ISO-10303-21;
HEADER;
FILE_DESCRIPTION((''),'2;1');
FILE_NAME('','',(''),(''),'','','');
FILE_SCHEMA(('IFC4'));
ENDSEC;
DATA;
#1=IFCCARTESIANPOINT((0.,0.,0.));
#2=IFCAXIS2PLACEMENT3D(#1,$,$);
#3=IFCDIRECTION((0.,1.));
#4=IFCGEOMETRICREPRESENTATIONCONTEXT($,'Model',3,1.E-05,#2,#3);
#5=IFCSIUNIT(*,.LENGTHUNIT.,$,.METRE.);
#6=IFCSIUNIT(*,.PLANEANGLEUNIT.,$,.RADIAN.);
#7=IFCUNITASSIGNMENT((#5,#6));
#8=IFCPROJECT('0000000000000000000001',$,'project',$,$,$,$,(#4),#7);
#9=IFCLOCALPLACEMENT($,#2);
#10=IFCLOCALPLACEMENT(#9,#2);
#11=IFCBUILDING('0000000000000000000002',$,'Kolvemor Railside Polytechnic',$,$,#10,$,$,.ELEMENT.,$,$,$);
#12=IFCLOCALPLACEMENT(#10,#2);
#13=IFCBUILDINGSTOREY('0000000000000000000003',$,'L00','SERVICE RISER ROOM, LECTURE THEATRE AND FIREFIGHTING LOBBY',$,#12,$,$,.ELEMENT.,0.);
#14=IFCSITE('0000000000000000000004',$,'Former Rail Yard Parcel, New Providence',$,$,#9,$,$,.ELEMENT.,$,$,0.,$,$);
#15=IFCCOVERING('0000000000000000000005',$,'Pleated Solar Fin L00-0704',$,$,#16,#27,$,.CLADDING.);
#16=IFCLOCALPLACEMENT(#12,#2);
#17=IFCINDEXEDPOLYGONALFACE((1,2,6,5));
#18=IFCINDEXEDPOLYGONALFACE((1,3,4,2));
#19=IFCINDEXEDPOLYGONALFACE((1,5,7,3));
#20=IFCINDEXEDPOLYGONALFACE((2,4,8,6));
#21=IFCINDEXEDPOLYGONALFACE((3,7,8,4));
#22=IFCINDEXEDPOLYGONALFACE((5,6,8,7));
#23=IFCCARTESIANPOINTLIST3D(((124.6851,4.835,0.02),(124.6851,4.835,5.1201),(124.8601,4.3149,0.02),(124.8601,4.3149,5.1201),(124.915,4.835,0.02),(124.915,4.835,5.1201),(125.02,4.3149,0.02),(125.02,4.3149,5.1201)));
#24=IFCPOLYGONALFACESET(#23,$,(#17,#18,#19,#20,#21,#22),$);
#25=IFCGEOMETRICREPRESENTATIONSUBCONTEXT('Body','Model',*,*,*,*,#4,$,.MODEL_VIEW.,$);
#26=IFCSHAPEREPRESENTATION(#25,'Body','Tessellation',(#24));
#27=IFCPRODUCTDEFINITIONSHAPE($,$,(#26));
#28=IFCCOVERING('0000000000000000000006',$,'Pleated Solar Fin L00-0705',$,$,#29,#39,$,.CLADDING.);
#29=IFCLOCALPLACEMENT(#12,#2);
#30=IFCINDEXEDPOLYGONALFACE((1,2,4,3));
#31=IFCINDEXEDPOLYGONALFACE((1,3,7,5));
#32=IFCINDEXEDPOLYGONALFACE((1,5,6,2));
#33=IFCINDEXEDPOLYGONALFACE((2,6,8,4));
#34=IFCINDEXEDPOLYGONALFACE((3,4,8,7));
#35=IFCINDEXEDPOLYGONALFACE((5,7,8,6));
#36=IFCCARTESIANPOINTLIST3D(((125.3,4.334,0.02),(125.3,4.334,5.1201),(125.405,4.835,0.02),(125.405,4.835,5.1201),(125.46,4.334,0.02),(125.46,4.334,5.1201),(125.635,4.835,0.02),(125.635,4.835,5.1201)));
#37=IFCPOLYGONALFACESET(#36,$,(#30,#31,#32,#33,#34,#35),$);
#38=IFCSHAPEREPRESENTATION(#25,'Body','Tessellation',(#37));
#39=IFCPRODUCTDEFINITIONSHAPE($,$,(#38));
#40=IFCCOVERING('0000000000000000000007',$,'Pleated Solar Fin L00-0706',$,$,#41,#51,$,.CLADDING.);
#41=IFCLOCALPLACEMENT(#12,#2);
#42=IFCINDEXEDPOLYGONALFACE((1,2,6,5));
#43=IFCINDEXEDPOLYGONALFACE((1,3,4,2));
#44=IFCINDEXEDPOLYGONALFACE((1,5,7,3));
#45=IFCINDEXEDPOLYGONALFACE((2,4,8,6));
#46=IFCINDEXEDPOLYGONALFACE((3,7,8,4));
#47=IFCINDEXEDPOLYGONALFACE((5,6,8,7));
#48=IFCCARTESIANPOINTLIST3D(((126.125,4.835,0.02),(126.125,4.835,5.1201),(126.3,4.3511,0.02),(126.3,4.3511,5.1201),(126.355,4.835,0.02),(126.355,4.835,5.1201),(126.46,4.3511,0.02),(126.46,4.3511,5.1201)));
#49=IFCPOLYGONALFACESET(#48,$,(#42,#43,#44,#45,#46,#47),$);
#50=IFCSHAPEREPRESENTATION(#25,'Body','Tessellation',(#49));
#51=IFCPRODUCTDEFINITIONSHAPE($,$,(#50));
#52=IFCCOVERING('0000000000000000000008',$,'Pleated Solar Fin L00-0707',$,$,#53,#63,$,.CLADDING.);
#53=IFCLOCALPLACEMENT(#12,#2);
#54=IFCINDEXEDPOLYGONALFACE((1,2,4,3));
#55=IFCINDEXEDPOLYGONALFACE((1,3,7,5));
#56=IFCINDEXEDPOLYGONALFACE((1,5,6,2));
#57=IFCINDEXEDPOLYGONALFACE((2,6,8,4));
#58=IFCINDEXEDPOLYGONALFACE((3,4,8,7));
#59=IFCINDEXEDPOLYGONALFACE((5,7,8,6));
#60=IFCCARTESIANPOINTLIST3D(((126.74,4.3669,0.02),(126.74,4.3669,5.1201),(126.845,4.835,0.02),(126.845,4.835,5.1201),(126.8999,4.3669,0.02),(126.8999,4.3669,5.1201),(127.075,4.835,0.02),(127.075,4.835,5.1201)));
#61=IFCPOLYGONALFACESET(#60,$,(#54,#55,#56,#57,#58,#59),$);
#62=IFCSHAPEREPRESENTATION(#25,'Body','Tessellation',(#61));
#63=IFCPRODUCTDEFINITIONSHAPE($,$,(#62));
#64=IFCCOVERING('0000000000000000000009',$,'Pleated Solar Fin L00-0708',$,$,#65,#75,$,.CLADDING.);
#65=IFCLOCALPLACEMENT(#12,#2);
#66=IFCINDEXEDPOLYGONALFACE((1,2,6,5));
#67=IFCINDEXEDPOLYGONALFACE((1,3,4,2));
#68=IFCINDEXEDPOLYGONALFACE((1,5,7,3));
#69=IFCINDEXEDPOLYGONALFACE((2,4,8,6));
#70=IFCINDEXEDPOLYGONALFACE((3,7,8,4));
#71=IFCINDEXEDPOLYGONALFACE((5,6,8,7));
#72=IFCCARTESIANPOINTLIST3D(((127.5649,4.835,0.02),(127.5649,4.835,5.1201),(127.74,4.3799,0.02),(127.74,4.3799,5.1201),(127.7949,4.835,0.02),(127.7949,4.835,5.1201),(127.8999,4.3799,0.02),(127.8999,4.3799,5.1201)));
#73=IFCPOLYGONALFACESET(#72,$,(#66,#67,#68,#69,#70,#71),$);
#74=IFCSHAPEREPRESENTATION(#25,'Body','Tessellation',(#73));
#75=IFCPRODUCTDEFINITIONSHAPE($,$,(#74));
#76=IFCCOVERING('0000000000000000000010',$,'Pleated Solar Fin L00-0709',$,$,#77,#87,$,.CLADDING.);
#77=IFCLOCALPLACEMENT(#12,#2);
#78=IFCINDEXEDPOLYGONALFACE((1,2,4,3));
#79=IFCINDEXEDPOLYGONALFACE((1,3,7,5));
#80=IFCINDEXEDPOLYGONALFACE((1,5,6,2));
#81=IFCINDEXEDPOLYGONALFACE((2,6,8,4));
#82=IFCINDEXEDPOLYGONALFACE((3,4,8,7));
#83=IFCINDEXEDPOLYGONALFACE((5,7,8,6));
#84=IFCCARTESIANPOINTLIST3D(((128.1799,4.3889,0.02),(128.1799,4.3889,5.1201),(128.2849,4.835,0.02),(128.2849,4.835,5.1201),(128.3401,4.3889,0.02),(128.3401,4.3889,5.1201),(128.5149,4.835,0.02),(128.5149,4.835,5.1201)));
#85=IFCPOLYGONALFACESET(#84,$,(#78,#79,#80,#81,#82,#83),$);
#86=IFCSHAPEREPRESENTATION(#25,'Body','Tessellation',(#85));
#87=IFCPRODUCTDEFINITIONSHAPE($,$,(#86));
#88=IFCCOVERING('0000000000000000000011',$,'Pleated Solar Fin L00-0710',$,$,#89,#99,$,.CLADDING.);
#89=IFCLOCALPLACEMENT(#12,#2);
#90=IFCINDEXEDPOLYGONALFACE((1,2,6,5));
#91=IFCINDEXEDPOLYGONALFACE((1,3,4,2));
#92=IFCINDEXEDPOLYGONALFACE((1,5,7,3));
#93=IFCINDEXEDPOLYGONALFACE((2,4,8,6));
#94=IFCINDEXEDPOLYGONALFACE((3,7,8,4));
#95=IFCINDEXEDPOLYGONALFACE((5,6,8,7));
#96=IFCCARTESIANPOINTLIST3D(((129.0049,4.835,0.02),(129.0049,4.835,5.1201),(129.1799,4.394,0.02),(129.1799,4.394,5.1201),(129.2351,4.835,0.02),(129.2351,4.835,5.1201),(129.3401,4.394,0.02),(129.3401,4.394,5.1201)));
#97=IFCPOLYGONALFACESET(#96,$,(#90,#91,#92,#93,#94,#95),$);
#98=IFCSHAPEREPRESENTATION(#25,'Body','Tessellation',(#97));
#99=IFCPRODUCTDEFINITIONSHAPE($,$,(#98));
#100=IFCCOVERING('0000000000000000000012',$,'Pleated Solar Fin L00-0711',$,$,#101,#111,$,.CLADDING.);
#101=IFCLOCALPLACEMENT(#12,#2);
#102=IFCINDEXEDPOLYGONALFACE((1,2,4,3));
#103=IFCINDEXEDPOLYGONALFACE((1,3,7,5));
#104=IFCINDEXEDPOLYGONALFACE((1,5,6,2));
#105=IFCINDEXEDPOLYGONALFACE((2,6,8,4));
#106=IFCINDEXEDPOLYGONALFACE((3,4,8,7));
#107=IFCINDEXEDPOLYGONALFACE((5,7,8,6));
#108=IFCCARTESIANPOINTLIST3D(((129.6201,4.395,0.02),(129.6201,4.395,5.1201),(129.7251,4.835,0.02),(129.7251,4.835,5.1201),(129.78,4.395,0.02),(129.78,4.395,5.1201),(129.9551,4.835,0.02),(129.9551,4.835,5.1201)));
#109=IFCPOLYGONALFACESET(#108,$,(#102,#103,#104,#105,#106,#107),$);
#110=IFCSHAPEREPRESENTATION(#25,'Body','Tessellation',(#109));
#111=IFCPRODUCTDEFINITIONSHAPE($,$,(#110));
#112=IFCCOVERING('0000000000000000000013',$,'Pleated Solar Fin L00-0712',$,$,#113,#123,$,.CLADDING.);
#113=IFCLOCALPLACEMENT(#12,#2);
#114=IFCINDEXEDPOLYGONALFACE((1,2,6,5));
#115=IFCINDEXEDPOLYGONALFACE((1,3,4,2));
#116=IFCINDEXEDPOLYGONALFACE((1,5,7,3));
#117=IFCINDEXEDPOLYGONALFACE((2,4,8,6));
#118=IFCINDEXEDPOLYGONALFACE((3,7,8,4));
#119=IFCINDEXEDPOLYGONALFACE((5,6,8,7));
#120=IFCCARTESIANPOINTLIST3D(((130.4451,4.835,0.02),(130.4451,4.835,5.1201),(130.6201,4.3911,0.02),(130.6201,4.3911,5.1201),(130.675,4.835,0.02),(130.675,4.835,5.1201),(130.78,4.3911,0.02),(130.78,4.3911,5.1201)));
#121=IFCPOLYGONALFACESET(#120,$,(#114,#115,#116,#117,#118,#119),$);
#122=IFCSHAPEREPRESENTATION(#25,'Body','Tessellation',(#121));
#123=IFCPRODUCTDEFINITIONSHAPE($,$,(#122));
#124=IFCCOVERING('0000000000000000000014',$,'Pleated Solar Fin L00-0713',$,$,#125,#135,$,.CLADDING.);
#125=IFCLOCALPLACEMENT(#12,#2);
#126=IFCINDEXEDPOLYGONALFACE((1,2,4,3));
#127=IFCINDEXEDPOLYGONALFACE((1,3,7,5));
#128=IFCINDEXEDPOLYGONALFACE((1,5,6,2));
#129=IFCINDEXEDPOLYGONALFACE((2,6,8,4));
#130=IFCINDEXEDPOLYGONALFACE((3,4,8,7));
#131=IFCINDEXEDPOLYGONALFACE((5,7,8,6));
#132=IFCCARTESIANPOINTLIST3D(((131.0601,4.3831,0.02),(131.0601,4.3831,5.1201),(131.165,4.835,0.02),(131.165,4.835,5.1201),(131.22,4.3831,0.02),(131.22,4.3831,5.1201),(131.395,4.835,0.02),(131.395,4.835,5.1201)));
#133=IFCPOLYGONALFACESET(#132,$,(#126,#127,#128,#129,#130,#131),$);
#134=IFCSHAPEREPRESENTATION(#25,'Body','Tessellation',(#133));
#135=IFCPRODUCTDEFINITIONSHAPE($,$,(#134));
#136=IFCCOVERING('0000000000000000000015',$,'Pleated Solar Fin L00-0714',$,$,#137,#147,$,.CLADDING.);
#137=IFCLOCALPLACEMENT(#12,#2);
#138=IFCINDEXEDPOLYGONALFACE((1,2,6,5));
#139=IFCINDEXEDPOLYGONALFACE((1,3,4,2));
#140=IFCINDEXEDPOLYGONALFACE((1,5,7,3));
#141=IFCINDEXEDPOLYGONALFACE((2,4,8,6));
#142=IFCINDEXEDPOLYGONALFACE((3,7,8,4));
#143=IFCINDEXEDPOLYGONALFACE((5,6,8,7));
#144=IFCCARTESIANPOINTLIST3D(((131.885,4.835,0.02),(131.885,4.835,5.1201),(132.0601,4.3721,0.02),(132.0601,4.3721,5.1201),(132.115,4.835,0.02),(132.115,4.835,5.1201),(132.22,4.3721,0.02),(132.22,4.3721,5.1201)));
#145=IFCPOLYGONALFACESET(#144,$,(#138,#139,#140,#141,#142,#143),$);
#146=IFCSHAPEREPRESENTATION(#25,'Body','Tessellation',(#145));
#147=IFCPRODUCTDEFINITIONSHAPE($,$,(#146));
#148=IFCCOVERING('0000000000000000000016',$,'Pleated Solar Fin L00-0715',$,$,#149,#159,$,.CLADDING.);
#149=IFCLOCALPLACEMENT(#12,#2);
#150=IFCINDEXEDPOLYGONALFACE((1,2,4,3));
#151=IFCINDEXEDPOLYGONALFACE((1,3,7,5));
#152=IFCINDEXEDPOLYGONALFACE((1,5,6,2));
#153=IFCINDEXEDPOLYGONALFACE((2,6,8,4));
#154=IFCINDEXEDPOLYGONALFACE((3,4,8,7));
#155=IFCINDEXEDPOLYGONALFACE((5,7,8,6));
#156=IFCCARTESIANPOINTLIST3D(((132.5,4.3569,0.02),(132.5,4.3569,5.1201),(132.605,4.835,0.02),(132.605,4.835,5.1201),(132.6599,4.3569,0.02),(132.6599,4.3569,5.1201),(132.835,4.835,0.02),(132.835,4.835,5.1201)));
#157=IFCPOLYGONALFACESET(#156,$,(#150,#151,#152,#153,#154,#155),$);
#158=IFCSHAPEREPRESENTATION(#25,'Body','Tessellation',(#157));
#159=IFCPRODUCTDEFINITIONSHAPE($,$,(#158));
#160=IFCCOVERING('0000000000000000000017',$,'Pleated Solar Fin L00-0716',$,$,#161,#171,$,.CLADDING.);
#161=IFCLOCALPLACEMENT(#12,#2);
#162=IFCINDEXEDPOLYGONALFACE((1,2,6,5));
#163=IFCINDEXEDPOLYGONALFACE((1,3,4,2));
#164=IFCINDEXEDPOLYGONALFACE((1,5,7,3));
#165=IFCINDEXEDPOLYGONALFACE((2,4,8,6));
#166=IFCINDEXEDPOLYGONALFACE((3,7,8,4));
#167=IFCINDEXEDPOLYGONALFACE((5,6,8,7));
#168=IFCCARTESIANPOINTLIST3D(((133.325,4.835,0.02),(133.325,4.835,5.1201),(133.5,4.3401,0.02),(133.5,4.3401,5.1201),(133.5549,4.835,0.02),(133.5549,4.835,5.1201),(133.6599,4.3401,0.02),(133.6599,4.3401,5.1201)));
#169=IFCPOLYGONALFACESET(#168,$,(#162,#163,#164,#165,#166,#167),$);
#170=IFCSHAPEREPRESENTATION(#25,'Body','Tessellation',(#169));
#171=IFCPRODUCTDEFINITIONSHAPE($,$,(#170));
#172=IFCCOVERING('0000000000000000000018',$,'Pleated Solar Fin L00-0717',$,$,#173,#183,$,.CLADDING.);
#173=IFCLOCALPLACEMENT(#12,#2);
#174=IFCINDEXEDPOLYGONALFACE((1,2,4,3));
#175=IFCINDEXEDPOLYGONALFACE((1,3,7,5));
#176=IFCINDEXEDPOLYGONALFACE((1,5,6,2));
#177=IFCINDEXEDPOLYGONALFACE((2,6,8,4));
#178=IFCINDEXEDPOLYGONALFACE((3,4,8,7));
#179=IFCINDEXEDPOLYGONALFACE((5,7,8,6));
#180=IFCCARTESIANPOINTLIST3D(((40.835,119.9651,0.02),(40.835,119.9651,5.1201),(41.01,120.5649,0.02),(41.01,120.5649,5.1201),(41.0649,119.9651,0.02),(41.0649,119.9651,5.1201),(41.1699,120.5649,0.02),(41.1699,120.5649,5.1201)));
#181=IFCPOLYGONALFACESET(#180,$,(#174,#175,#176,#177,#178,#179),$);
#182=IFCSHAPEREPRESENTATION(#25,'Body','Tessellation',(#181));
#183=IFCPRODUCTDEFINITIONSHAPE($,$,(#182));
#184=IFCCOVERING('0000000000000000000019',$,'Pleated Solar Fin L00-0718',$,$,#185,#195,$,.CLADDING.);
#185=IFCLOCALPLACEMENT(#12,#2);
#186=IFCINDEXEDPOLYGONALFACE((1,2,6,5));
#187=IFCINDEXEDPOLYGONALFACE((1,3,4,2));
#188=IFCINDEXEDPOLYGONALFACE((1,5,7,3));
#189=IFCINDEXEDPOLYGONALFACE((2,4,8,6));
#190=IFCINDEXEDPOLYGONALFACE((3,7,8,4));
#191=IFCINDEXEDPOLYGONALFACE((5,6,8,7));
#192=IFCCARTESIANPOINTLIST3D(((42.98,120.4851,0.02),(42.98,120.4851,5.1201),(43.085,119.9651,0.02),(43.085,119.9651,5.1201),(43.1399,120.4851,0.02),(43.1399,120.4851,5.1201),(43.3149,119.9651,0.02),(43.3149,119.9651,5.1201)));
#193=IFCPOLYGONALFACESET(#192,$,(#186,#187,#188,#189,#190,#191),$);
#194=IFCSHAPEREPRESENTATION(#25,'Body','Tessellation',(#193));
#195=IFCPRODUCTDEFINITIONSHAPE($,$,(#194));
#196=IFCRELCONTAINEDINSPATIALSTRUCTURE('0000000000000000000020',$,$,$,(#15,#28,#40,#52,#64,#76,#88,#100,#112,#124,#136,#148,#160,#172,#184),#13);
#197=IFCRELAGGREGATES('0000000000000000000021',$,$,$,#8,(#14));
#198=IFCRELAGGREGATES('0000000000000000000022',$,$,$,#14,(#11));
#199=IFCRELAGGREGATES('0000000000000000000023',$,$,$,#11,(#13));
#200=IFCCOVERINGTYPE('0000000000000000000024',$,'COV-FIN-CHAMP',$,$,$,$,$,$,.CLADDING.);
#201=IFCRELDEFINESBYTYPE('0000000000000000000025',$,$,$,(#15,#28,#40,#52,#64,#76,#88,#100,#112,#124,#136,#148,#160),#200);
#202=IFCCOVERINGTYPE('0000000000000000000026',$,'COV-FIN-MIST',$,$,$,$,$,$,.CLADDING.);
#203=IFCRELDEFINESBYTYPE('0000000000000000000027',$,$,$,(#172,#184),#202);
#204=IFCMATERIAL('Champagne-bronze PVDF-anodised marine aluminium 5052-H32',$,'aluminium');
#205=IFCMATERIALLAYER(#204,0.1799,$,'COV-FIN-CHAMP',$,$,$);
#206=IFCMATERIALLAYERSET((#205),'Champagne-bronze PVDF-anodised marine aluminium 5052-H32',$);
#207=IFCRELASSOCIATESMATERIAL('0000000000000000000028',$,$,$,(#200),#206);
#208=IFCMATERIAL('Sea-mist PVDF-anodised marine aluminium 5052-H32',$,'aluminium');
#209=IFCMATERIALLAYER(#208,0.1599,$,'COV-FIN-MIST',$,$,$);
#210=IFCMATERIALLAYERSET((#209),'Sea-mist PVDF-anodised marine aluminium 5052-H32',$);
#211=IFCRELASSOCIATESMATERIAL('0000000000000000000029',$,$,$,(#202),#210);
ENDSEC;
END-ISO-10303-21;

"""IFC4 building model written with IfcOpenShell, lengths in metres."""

from ifc_helpers import new_model, si_unit, direction, frame, origin, place, context, subcontext, project, spatial, polyline, outline, extrude, material, layer, layer_set, type_object, element, save


model = new_model("IFC4")

# Units and contexts
model_context = context("Model", 3, precision=1e-05, world=origin(), true_north=direction((0.0, 1.0)))
body_context = subcontext(model_context, "Body", "Model", "MODEL_VIEW")
ifc_project = project(units=[si_unit("LENGTHUNIT", "METRE"), si_unit("PLANEANGLEUNIT", "RADIAN")], contexts=[model_context])

# Site, building, storey
site_placement = place(None, origin())
site = spatial("IfcSite", under=ifc_project, at=site_placement, Name="Former Rail Yard Parcel, New Providence", CompositionType="ELEMENT", RefElevation=0.0)
building_placement = place(site_placement, origin())
building = spatial("IfcBuilding", under=site, at=building_placement, Name="Kolvemor Railside Polytechnic", CompositionType="ELEMENT")
storey_placement = place(building_placement, origin())
storey = spatial("IfcBuildingStorey", under=building, at=storey_placement, Name="L00", Description="SERVICE RISER ROOM, LECTURE THEATRE AND FIREFIGHTING LOBBY", CompositionType="ELEMENT", Elevation=0.0)

# Coverings
ifc_material_1 = material(Name="Champagne-bronze PVDF-anodised marine aluminium 5052-H32", Category="aluminium")
ifc_layer_1 = layer(ifc_material_1, 0.1799, Name="COV-FIN-CHAMP")
ifc_layer_set_1 = layer_set([ifc_layer_1], Name="Champagne-bronze PVDF-anodised marine aluminium 5052-H32")
covering_type_1 = type_object("IfcCoveringType", Name="COV-FIN-CHAMP", PredefinedType="CLADDING", material=ifc_layer_set_1)
covering_1_placement = place(storey_placement, frame((0.0, 0.0, 0.02)))
element("IfcCovering", 1, at=covering_1_placement, inside=storey, type_object=covering_type_1, Name="Pleated Solar Fin L00-0704", PredefinedType="CLADDING", context=body_context, shape_type="SweptSolid", body=[
    extrude(outline(polyline([(124.6851, 4.835), (124.915, 4.835), (125.02, 4.3149), (124.8601, 4.3149), (124.6851, 4.835)])), origin(), (0.0, 0.0, 1.0), 5.1001),
])
covering_2_placement = place(storey_placement, frame((0.0, 0.0, 0.02)))
element("IfcCovering", 2, at=covering_2_placement, inside=storey, type_object=covering_type_1, Name="Pleated Solar Fin L00-0705", PredefinedType="CLADDING", context=body_context, shape_type="SweptSolid", body=[
    extrude(outline(polyline([(125.405, 4.835), (125.635, 4.835), (125.46, 4.334), (125.3, 4.334), (125.405, 4.835)])), origin(), (0.0, 0.0, 1.0), 5.1001),
])
covering_3_placement = place(storey_placement, frame((0.0, 0.0, 0.02)))
element("IfcCovering", 3, at=covering_3_placement, inside=storey, type_object=covering_type_1, Name="Pleated Solar Fin L00-0706", PredefinedType="CLADDING", context=body_context, shape_type="SweptSolid", body=[
    extrude(outline(polyline([(126.125, 4.835), (126.355, 4.835), (126.46, 4.3511), (126.3, 4.3511), (126.125, 4.835)])), origin(), (0.0, 0.0, 1.0), 5.1001),
])
covering_4_placement = place(storey_placement, frame((0.0, 0.0, 0.02)))
element("IfcCovering", 4, at=covering_4_placement, inside=storey, type_object=covering_type_1, Name="Pleated Solar Fin L00-0707", PredefinedType="CLADDING", context=body_context, shape_type="SweptSolid", body=[
    extrude(outline(polyline([(126.845, 4.835), (127.075, 4.835), (126.8999, 4.3669), (126.74, 4.3669), (126.845, 4.835)])), origin(), (0.0, 0.0, 1.0), 5.1001),
])
covering_5_placement = place(storey_placement, frame((0.0, 0.0, 0.02)))
element("IfcCovering", 5, at=covering_5_placement, inside=storey, type_object=covering_type_1, Name="Pleated Solar Fin L00-0708", PredefinedType="CLADDING", context=body_context, shape_type="SweptSolid", body=[
    extrude(outline(polyline([(127.5649, 4.835), (127.7949, 4.835), (127.8999, 4.3799), (127.74, 4.3799), (127.5649, 4.835)])), origin(), (0.0, 0.0, 1.0), 5.1001),
])
covering_6_placement = place(storey_placement, frame((0.0, 0.0, 0.02)))
element("IfcCovering", 6, at=covering_6_placement, inside=storey, type_object=covering_type_1, Name="Pleated Solar Fin L00-0709", PredefinedType="CLADDING", context=body_context, shape_type="SweptSolid", body=[
    extrude(outline(polyline([(128.2849, 4.835), (128.5149, 4.835), (128.3401, 4.3889), (128.1799, 4.3889), (128.2849, 4.835)])), origin(), (0.0, 0.0, 1.0), 5.1001),
])
covering_7_placement = place(storey_placement, frame((0.0, 0.0, 0.02)))
element("IfcCovering", 7, at=covering_7_placement, inside=storey, type_object=covering_type_1, Name="Pleated Solar Fin L00-0710", PredefinedType="CLADDING", context=body_context, shape_type="SweptSolid", body=[
    extrude(outline(polyline([(129.0049, 4.835), (129.2351, 4.835), (129.3401, 4.394), (129.1799, 4.394), (129.0049, 4.835)])), origin(), (0.0, 0.0, 1.0), 5.1001),
])
covering_8_placement = place(storey_placement, frame((0.0, 0.0, 0.02)))
element("IfcCovering", 8, at=covering_8_placement, inside=storey, type_object=covering_type_1, Name="Pleated Solar Fin L00-0711", PredefinedType="CLADDING", context=body_context, shape_type="SweptSolid", body=[
    extrude(outline(polyline([(129.7251, 4.835), (129.9551, 4.835), (129.78, 4.395), (129.6201, 4.395), (129.7251, 4.835)])), origin(), (0.0, 0.0, 1.0), 5.1001),
])
covering_9_placement = place(storey_placement, frame((0.0, 0.0, 0.02)))
element("IfcCovering", 9, at=covering_9_placement, inside=storey, type_object=covering_type_1, Name="Pleated Solar Fin L00-0712", PredefinedType="CLADDING", context=body_context, shape_type="SweptSolid", body=[
    extrude(outline(polyline([(130.4451, 4.835), (130.675, 4.835), (130.78, 4.3911), (130.6201, 4.3911), (130.4451, 4.835)])), origin(), (0.0, 0.0, 1.0), 5.1001),
])
covering_10_placement = place(storey_placement, frame((0.0, 0.0, 0.02)))
element("IfcCovering", 10, at=covering_10_placement, inside=storey, type_object=covering_type_1, Name="Pleated Solar Fin L00-0713", PredefinedType="CLADDING", context=body_context, shape_type="SweptSolid", body=[
    extrude(outline(polyline([(131.165, 4.835), (131.395, 4.835), (131.22, 4.3831), (131.0601, 4.3831), (131.165, 4.835)])), origin(), (0.0, 0.0, 1.0), 5.1001),
])
covering_11_placement = place(storey_placement, frame((0.0, 0.0, 0.02)))
element("IfcCovering", 11, at=covering_11_placement, inside=storey, type_object=covering_type_1, Name="Pleated Solar Fin L00-0714", PredefinedType="CLADDING", context=body_context, shape_type="SweptSolid", body=[
    extrude(outline(polyline([(131.885, 4.835), (132.115, 4.835), (132.22, 4.3721), (132.0601, 4.3721), (131.885, 4.835)])), origin(), (0.0, 0.0, 1.0), 5.1001),
])
covering_12_placement = place(storey_placement, frame((0.0, 0.0, 0.02)))
element("IfcCovering", 12, at=covering_12_placement, inside=storey, type_object=covering_type_1, Name="Pleated Solar Fin L00-0715", PredefinedType="CLADDING", context=body_context, shape_type="SweptSolid", body=[
    extrude(outline(polyline([(132.605, 4.835), (132.835, 4.835), (132.6599, 4.3569), (132.5, 4.3569), (132.605, 4.835)])), origin(), (0.0, 0.0, 1.0), 5.1001),
])
covering_13_placement = place(storey_placement, frame((0.0, 0.0, 0.02)))
element("IfcCovering", 13, at=covering_13_placement, inside=storey, type_object=covering_type_1, Name="Pleated Solar Fin L00-0716", PredefinedType="CLADDING", context=body_context, shape_type="SweptSolid", body=[
    extrude(outline(polyline([(133.325, 4.835), (133.5549, 4.835), (133.6599, 4.3401), (133.5, 4.3401), (133.325, 4.835)])), origin(), (0.0, 0.0, 1.0), 5.1001),
])
ifc_material_2 = material(Name="Sea-mist PVDF-anodised marine aluminium 5052-H32", Category="aluminium")
ifc_layer_2 = layer(ifc_material_2, 0.1599, Name="COV-FIN-MIST")
ifc_layer_set_2 = layer_set([ifc_layer_2], Name="Sea-mist PVDF-anodised marine aluminium 5052-H32")
covering_type_2 = type_object("IfcCoveringType", Name="COV-FIN-MIST", PredefinedType="CLADDING", material=ifc_layer_set_2)
covering_14_placement = place(storey_placement, frame((0.0, 0.0, 0.02)))
element("IfcCovering", 14, at=covering_14_placement, inside=storey, type_object=covering_type_2, Name="Pleated Solar Fin L00-0717", PredefinedType="CLADDING", context=body_context, shape_type="SweptSolid", body=[
    extrude(outline(polyline([(40.835, 119.9651), (41.0649, 119.9651), (41.1699, 120.5649), (41.01, 120.5649), (40.835, 119.9651)])), origin(), (0.0, 0.0, 1.0), 5.1001),
])
covering_15_placement = place(storey_placement, frame((0.0, 0.0, 0.02)))
element("IfcCovering", 15, at=covering_15_placement, inside=storey, type_object=covering_type_2, Name="Pleated Solar Fin L00-0718", PredefinedType="CLADDING", context=body_context, shape_type="SweptSolid", body=[
    extrude(outline(polyline([(43.085, 119.9651), (43.3149, 119.9651), (43.1399, 120.4851), (42.98, 120.4851), (43.085, 119.9651)])), origin(), (0.0, 0.0, 1.0), 5.1001),
])

save(model, "model.ifc")
